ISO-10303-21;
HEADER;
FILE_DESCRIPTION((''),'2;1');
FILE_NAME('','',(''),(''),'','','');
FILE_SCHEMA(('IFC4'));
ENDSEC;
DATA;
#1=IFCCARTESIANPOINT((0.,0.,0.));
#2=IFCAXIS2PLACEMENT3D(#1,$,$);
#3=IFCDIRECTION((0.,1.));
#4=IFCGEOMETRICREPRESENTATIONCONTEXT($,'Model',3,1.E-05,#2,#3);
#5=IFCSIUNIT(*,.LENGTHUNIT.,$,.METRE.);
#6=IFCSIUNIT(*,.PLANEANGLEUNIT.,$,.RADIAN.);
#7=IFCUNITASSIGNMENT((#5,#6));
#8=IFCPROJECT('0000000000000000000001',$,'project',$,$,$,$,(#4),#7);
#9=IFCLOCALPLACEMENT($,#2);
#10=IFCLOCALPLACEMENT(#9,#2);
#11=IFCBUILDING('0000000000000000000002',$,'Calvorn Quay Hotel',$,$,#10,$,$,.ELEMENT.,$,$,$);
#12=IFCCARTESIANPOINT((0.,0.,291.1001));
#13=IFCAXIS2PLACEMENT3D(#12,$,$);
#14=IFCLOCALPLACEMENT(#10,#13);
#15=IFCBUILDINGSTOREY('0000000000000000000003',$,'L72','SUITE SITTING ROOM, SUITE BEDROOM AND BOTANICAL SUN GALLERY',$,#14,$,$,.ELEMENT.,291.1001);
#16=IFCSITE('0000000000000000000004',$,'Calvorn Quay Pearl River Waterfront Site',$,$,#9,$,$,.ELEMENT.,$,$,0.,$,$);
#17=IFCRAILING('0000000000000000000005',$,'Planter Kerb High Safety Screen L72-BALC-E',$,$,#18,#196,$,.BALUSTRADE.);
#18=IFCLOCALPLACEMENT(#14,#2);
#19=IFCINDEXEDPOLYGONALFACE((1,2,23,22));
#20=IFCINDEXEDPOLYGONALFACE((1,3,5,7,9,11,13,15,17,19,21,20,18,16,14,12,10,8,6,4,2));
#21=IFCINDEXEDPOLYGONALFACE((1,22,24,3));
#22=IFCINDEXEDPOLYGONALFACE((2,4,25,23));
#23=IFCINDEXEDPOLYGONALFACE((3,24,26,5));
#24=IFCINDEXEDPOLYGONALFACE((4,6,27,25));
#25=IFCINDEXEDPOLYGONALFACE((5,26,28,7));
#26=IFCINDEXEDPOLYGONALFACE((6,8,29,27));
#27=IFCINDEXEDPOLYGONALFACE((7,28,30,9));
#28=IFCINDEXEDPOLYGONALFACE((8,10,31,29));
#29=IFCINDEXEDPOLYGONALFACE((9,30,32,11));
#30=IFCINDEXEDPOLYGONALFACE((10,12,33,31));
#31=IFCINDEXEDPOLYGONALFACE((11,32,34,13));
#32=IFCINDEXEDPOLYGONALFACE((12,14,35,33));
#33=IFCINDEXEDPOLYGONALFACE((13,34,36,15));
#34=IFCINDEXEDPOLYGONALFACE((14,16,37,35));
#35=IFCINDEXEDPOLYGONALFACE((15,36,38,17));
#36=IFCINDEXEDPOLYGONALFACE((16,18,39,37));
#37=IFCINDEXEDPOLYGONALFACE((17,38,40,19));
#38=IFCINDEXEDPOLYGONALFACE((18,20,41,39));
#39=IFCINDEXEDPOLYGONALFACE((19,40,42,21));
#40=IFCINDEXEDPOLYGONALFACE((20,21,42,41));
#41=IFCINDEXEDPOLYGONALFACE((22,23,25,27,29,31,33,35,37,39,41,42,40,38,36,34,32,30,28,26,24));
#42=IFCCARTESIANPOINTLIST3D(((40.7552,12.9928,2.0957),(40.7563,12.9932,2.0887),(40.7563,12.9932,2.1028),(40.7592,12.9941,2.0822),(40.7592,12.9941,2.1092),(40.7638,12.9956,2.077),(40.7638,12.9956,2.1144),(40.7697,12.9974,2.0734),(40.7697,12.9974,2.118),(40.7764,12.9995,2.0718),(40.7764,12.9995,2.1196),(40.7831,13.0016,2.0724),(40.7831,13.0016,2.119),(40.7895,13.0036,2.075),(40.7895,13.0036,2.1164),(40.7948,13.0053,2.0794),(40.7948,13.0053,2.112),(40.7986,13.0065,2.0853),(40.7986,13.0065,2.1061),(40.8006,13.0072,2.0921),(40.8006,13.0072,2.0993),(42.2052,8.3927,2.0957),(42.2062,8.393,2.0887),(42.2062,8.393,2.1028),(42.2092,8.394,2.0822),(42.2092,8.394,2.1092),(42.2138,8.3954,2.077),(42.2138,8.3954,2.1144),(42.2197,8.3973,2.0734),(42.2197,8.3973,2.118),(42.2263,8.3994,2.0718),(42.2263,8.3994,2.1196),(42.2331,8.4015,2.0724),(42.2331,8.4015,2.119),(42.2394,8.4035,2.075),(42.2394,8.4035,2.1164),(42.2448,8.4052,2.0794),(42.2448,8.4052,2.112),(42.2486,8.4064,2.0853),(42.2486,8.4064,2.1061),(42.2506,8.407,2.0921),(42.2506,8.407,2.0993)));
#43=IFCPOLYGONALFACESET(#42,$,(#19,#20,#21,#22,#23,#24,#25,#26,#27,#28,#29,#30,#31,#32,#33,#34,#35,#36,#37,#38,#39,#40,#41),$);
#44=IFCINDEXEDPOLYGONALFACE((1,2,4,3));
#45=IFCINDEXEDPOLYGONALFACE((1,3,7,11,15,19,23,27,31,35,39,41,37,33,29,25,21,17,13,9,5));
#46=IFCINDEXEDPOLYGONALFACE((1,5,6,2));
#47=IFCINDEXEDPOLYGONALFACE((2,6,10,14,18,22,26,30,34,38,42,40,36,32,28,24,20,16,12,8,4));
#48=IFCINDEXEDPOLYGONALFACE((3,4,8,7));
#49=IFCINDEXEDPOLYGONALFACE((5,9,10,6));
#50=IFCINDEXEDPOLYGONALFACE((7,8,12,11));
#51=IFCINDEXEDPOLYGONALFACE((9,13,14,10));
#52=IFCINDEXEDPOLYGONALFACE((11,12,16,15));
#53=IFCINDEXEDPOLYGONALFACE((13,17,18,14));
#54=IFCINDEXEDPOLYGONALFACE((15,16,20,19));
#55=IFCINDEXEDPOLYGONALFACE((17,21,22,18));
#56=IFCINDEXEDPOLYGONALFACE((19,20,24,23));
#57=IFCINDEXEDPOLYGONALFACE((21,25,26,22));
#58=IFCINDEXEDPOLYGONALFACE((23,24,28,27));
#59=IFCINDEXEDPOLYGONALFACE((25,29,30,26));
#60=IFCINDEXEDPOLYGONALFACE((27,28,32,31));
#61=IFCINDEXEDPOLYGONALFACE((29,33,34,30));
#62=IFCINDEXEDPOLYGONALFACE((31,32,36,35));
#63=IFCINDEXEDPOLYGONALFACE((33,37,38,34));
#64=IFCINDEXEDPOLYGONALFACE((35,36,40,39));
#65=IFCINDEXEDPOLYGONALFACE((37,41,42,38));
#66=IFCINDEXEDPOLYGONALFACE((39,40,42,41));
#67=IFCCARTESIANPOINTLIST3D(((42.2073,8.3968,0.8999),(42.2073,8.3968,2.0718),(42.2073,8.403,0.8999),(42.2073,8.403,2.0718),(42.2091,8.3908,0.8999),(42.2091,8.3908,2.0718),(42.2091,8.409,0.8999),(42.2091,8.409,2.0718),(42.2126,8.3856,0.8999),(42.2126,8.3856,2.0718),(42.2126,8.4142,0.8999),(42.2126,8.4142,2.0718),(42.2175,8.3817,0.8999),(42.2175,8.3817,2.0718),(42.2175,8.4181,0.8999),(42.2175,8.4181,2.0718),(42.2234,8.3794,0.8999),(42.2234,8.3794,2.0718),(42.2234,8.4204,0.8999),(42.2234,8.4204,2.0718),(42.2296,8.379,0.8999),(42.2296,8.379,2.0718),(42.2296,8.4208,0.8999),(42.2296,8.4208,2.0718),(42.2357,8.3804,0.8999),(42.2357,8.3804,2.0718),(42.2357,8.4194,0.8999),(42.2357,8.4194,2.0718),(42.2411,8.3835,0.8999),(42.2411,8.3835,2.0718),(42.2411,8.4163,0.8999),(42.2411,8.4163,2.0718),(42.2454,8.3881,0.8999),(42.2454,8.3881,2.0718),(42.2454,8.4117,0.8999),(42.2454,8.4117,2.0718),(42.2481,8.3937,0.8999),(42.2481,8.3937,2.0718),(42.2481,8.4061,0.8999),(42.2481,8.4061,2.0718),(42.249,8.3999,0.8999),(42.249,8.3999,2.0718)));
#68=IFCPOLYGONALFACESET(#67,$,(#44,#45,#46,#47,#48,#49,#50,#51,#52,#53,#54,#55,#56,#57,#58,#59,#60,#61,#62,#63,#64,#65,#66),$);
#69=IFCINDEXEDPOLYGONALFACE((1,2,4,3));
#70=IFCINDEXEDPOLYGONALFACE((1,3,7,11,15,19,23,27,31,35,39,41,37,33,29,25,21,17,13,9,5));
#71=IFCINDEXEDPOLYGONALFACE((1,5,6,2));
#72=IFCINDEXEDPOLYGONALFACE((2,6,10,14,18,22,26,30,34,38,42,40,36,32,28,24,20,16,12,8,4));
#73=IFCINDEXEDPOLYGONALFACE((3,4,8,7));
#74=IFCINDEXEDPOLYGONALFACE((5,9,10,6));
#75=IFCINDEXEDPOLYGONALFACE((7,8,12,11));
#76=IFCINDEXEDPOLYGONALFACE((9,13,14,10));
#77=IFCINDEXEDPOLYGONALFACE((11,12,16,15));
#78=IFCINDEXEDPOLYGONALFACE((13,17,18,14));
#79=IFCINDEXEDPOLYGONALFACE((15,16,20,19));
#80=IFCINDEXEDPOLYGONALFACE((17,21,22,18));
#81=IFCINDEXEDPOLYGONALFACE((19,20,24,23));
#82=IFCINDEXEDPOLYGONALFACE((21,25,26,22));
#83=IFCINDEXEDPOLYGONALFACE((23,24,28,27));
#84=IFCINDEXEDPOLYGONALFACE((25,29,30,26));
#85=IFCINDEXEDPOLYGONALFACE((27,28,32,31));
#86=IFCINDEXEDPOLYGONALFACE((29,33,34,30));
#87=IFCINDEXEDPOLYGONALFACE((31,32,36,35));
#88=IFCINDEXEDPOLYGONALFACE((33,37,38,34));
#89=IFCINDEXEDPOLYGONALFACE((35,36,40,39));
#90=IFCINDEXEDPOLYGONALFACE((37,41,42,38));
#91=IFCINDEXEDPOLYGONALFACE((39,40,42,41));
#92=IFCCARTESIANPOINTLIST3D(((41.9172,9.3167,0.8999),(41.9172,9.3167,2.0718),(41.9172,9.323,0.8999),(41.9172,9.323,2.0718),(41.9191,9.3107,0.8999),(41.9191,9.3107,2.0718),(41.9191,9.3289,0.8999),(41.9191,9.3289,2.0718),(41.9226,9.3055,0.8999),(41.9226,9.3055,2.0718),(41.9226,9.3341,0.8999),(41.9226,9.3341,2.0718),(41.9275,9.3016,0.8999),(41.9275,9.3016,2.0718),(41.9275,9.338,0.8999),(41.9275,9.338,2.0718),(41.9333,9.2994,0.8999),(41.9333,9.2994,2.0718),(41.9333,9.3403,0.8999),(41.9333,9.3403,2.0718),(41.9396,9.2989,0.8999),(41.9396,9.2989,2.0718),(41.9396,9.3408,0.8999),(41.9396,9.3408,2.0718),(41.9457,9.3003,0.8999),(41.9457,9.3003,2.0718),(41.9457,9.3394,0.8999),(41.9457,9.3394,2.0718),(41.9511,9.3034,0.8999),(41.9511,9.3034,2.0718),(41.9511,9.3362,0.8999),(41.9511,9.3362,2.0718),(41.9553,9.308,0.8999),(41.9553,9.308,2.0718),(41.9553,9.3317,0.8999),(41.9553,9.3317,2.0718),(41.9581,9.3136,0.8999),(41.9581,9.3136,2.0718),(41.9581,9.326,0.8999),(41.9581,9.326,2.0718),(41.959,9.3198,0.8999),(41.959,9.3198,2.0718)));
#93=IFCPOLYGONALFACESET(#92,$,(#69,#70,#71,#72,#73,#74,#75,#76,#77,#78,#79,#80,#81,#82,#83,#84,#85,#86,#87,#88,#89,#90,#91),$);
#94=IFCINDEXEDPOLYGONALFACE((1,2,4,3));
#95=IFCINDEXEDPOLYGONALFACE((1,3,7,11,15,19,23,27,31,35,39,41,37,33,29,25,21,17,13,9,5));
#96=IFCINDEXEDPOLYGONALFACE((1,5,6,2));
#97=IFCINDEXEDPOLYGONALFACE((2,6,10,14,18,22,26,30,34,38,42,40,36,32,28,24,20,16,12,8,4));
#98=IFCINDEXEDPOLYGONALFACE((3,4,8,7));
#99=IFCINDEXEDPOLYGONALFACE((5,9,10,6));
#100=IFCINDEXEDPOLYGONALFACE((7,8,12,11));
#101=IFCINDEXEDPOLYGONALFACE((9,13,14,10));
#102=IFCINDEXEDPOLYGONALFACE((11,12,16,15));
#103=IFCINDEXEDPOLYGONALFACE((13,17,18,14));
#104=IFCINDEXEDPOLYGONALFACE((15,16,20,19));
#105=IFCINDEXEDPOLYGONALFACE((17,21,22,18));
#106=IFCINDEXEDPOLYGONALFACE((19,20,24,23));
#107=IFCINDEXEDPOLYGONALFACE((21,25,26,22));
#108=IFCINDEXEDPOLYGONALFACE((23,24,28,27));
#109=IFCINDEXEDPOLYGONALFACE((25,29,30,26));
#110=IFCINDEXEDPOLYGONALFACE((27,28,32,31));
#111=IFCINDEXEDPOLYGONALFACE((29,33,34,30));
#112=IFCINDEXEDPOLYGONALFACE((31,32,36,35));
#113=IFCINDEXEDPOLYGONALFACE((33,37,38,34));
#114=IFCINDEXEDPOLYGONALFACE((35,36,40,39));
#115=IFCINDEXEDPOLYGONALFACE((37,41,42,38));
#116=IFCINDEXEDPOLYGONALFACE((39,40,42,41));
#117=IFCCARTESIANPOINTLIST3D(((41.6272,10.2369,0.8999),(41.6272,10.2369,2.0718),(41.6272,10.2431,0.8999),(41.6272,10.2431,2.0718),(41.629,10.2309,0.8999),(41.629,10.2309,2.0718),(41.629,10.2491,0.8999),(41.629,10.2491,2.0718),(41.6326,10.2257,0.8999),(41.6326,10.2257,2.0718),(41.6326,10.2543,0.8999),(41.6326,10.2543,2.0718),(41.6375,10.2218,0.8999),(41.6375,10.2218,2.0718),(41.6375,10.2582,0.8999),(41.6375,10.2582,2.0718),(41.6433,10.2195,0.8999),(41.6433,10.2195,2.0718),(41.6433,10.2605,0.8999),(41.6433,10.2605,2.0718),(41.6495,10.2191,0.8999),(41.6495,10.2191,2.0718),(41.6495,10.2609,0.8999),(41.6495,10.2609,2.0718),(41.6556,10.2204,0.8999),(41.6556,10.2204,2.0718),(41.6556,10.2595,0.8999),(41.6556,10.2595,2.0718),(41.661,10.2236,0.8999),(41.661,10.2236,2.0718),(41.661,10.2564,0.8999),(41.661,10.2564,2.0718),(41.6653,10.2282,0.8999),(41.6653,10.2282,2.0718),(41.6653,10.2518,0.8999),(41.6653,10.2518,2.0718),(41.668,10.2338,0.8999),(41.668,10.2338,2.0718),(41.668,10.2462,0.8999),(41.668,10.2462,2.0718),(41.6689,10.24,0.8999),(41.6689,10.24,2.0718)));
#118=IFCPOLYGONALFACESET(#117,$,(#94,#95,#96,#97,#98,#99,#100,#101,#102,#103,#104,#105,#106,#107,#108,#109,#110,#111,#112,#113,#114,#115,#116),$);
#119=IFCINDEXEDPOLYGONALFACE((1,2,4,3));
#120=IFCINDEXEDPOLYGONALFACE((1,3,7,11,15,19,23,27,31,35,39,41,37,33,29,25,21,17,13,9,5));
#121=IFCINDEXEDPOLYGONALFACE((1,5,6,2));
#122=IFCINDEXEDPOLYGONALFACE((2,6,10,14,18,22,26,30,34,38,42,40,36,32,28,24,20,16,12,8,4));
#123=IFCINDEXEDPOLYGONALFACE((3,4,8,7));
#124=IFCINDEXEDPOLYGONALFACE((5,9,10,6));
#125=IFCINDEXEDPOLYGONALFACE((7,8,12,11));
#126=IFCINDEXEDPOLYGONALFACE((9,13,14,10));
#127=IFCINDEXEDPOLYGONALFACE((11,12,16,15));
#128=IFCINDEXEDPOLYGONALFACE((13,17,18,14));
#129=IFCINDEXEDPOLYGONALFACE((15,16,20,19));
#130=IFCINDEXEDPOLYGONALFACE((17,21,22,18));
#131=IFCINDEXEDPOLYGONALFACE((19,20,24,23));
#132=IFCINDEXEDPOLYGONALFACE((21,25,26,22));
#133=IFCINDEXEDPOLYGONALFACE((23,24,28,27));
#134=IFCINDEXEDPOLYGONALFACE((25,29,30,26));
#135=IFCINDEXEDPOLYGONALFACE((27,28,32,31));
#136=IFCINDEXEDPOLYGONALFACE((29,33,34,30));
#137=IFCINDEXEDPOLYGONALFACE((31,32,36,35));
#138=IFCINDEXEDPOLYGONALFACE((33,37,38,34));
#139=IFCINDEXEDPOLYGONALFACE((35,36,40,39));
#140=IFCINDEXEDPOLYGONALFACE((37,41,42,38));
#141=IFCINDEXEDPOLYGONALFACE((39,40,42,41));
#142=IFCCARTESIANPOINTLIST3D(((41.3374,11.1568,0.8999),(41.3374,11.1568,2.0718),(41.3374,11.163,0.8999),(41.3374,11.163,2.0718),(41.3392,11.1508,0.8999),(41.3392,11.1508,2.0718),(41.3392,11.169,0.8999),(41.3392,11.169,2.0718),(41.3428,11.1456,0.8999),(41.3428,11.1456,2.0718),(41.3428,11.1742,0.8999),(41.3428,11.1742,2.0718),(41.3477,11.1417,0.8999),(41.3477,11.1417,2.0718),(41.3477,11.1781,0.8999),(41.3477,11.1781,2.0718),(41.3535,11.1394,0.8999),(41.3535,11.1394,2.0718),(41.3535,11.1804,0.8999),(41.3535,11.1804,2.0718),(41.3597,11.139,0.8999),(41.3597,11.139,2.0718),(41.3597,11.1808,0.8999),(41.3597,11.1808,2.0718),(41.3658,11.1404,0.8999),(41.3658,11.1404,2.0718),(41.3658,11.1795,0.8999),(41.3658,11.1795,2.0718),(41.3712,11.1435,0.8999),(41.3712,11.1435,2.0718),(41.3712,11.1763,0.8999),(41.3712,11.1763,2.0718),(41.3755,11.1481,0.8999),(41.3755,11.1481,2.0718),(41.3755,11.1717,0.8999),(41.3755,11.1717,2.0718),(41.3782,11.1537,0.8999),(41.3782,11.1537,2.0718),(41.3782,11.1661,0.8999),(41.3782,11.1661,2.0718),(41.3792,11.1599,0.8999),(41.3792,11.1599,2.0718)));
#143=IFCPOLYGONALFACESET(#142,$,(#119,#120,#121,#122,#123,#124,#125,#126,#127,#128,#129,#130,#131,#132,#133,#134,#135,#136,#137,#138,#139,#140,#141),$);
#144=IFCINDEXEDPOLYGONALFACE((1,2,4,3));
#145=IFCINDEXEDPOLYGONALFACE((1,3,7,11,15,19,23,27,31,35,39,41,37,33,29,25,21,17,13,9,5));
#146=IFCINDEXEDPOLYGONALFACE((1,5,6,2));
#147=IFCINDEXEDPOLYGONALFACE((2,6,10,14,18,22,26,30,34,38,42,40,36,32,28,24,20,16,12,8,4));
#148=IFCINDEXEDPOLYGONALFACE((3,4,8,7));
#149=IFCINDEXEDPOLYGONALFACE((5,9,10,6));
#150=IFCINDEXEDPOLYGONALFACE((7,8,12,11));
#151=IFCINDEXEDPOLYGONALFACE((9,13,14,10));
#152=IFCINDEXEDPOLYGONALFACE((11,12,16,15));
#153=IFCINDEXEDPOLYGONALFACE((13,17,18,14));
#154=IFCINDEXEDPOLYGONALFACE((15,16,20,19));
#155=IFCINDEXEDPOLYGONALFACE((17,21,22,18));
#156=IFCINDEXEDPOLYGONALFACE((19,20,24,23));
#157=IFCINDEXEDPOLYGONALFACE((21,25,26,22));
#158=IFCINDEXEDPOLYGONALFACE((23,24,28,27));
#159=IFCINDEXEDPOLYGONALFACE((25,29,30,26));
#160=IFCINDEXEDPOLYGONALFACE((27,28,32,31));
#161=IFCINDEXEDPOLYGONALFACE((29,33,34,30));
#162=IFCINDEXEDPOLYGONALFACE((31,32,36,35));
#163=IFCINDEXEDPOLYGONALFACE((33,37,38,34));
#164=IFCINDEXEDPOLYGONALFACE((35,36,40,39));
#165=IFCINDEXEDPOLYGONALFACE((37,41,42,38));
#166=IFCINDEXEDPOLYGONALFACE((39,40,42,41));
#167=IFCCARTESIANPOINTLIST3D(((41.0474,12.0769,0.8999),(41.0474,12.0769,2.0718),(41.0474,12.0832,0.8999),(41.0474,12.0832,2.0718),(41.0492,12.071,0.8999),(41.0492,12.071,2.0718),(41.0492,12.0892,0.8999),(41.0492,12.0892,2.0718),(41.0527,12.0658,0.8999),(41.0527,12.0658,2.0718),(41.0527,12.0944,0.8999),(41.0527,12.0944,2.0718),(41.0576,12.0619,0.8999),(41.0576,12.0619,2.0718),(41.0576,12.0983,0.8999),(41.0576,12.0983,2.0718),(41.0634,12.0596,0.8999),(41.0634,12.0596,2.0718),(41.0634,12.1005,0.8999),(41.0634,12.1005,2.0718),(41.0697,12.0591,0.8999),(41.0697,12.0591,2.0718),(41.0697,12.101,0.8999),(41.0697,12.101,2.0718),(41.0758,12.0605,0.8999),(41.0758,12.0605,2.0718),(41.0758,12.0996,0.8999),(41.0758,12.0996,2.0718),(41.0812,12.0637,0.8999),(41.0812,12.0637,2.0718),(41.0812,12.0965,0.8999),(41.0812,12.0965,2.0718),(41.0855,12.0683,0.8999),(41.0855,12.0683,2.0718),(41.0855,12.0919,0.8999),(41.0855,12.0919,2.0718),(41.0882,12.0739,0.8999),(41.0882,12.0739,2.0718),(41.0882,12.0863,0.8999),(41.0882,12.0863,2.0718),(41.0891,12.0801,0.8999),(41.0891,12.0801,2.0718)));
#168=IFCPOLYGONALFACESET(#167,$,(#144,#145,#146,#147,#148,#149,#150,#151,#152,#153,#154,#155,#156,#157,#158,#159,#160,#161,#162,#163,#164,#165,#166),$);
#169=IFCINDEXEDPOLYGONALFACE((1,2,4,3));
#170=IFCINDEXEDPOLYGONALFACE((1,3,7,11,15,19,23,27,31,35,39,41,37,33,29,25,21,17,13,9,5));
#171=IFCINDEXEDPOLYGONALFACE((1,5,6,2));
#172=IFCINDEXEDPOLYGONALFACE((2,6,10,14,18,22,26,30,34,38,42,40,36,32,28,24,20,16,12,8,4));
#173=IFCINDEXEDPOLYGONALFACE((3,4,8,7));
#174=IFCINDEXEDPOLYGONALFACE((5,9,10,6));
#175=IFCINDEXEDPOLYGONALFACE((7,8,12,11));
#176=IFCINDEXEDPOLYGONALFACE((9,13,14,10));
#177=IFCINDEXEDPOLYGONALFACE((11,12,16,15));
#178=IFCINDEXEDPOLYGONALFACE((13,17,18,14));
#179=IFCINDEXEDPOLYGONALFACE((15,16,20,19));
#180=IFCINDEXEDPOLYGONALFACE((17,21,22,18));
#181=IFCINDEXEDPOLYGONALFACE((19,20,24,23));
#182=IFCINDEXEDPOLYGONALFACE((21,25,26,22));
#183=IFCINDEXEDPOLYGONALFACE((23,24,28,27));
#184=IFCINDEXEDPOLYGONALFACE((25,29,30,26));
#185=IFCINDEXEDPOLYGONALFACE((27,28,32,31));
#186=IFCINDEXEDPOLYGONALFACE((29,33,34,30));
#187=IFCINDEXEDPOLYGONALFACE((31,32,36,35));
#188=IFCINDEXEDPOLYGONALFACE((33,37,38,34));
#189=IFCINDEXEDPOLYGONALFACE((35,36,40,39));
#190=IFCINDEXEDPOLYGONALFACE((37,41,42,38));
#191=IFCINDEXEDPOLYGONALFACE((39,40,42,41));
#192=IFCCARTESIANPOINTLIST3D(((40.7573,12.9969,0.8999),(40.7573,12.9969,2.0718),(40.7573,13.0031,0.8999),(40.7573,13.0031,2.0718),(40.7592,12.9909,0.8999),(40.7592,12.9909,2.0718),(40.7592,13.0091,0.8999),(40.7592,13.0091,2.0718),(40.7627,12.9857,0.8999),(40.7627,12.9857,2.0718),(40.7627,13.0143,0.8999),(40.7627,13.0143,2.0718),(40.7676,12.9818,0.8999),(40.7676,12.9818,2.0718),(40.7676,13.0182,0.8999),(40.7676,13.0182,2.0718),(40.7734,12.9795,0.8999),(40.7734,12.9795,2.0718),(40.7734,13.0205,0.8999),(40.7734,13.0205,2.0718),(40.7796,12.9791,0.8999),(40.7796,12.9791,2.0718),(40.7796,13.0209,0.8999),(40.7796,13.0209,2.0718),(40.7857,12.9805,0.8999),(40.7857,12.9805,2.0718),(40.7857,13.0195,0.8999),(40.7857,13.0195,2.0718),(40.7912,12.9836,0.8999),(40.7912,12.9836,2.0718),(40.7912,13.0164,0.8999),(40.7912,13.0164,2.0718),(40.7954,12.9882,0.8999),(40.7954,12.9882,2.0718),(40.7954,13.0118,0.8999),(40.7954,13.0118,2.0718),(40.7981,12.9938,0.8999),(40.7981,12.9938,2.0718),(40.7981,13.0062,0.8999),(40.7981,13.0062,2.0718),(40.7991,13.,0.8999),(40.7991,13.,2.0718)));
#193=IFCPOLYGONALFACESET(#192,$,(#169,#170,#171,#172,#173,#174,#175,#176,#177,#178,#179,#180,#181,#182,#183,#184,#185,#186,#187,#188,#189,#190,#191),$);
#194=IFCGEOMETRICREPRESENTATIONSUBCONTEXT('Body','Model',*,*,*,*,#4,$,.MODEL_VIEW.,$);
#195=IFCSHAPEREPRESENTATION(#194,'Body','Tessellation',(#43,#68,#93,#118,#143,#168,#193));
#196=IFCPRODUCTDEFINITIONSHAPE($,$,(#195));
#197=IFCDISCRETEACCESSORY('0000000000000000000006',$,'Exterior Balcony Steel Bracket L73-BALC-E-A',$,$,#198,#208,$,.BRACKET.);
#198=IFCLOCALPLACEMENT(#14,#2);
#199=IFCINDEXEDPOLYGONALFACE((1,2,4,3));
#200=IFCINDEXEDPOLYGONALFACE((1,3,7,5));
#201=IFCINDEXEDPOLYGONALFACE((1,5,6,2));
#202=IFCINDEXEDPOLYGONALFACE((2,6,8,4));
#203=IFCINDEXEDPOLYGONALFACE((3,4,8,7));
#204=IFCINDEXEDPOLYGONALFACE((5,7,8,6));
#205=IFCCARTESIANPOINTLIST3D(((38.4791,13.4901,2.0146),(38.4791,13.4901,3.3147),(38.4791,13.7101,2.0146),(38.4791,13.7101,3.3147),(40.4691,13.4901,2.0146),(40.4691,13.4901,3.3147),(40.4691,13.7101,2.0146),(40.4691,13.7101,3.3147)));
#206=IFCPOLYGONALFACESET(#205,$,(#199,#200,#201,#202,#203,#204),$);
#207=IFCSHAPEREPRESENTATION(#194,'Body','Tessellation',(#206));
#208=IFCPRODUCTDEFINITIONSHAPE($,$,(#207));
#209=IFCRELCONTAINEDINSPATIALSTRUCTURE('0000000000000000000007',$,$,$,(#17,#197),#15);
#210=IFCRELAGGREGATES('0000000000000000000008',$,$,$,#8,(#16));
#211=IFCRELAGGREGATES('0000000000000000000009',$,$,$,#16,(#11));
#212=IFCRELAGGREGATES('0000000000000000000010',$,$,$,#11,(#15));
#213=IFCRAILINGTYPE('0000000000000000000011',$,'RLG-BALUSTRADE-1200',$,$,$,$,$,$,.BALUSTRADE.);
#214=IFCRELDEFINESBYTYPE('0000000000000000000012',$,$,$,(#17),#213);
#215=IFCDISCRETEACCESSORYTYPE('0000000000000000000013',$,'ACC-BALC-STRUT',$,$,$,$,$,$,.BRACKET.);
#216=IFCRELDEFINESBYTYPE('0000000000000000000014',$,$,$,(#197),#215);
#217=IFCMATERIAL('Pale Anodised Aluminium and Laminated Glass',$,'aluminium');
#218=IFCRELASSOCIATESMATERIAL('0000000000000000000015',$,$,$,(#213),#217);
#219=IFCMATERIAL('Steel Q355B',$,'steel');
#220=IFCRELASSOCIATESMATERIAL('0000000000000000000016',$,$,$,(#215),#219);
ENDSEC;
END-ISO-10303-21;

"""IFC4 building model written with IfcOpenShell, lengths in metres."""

from ifc_helpers import new_model, si_unit, direction, frame, origin, origin_2d, place, context, subcontext, project, spatial, rectangle, circle, extrude, material, type_object, element, save


model = new_model("IFC4")

# Units and contexts
model_context = context("Model", 3, precision=1e-05, world=origin(), true_north=direction((0.0, 1.0)))
body_context = subcontext(model_context, "Body", "Model", "MODEL_VIEW")
ifc_project = project(units=[si_unit("LENGTHUNIT", "METRE"), si_unit("PLANEANGLEUNIT", "RADIAN")], contexts=[model_context])

# Site, building, storey
site_placement = place(None, origin())
site = spatial("IfcSite", under=ifc_project, at=site_placement, Name="Calvorn Quay Pearl River Waterfront Site", CompositionType="ELEMENT", RefElevation=0.0)
building_placement = place(site_placement, origin())
building = spatial("IfcBuilding", under=site, at=building_placement, Name="Calvorn Quay Hotel", CompositionType="ELEMENT")
storey_placement = place(building_placement, frame((0.0, 0.0, 291.1001)))
storey = spatial("IfcBuildingStorey", under=building, at=storey_placement, Name="L72", Description="SUITE SITTING ROOM, SUITE BEDROOM AND BOTANICAL SUN GALLERY", CompositionType="ELEMENT", Elevation=291.1001)

# Railing
ifc_material_1 = material(Name="Pale Anodised Aluminium and Laminated Glass", Category="aluminium")
railing_type = type_object("IfcRailingType", Name="RLG-BALUSTRADE-1200", PredefinedType="BALUSTRADE", material=ifc_material_1)
railing_1_placement = place(storey_placement, frame((42.228, 8.3999, 0.8999)))
element("IfcRailing", 1, at=railing_1_placement, inside=storey, type_object=railing_type, Name="Planter Kerb High Safety Screen L72-BALC-E", PredefinedType="BALUSTRADE", context=body_context, shape_type="SweptSolid", body=[
    extrude(circle(Radius=0.0239, at=origin_2d()), frame((0.0, 0.0, 1.1958), z_axis=(-0.30062, 0.953744, 0.0), x_axis=(-0.953744, -0.30062, 0.0)), (0.0, 0.0, 1.0), 4.8232),
    extrude(circle(Radius=0.021, at=origin_2d()), origin(), (0.0, 0.0, 1.0), 1.1719),
    extrude(circle(Radius=0.021, at=origin_2d()), frame((-0.29, 0.9199, 0.0)), (0.0, 0.0, 1.0), 1.1719),
    extrude(circle(Radius=0.021, at=origin_2d()), frame((-0.5801, 1.8401, 0.0)), (0.0, 0.0, 1.0), 1.1719),
    extrude(circle(Radius=0.021, at=origin_2d()), frame((-0.8699, 2.76, 0.0)), (0.0, 0.0, 1.0), 1.1719),
    extrude(circle(Radius=0.021, at=origin_2d()), frame((-1.1599, 3.6802, 0.0)), (0.0, 0.0, 1.0), 1.1719),
    extrude(circle(Radius=0.021, at=origin_2d()), frame((-1.45, 4.6001, 0.0)), (0.0, 0.0, 1.0), 1.1719),
])

# Discrete accessory
ifc_material_2 = material(Name="Steel Q355B", Category="steel")
discrete_accessory_type_1 = type_object("IfcDiscreteAccessoryType", Name="ACC-BALC-STRUT", PredefinedType="BRACKET", material=ifc_material_2)
discrete_accessory_1_placement = place(storey_placement, frame((39.4741, 13.6001, 2.0146), z_axis=(0.0, 0.0, 1.0), x_axis=(1.0, 0.0, 0.0)))
element("IfcDiscreteAccessory", 2, at=discrete_accessory_1_placement, inside=storey, type_object=discrete_accessory_type_1, Name="Exterior Balcony Steel Bracket L73-BALC-E-A", PredefinedType="BRACKET", context=body_context, shape_type="SweptSolid", body=[
    extrude(rectangle(XDim=1.99, YDim=0.22, at=origin_2d()), origin(), (0.0, 0.0, 1.0), 1.3),
])

save(model, "model.ifc")
